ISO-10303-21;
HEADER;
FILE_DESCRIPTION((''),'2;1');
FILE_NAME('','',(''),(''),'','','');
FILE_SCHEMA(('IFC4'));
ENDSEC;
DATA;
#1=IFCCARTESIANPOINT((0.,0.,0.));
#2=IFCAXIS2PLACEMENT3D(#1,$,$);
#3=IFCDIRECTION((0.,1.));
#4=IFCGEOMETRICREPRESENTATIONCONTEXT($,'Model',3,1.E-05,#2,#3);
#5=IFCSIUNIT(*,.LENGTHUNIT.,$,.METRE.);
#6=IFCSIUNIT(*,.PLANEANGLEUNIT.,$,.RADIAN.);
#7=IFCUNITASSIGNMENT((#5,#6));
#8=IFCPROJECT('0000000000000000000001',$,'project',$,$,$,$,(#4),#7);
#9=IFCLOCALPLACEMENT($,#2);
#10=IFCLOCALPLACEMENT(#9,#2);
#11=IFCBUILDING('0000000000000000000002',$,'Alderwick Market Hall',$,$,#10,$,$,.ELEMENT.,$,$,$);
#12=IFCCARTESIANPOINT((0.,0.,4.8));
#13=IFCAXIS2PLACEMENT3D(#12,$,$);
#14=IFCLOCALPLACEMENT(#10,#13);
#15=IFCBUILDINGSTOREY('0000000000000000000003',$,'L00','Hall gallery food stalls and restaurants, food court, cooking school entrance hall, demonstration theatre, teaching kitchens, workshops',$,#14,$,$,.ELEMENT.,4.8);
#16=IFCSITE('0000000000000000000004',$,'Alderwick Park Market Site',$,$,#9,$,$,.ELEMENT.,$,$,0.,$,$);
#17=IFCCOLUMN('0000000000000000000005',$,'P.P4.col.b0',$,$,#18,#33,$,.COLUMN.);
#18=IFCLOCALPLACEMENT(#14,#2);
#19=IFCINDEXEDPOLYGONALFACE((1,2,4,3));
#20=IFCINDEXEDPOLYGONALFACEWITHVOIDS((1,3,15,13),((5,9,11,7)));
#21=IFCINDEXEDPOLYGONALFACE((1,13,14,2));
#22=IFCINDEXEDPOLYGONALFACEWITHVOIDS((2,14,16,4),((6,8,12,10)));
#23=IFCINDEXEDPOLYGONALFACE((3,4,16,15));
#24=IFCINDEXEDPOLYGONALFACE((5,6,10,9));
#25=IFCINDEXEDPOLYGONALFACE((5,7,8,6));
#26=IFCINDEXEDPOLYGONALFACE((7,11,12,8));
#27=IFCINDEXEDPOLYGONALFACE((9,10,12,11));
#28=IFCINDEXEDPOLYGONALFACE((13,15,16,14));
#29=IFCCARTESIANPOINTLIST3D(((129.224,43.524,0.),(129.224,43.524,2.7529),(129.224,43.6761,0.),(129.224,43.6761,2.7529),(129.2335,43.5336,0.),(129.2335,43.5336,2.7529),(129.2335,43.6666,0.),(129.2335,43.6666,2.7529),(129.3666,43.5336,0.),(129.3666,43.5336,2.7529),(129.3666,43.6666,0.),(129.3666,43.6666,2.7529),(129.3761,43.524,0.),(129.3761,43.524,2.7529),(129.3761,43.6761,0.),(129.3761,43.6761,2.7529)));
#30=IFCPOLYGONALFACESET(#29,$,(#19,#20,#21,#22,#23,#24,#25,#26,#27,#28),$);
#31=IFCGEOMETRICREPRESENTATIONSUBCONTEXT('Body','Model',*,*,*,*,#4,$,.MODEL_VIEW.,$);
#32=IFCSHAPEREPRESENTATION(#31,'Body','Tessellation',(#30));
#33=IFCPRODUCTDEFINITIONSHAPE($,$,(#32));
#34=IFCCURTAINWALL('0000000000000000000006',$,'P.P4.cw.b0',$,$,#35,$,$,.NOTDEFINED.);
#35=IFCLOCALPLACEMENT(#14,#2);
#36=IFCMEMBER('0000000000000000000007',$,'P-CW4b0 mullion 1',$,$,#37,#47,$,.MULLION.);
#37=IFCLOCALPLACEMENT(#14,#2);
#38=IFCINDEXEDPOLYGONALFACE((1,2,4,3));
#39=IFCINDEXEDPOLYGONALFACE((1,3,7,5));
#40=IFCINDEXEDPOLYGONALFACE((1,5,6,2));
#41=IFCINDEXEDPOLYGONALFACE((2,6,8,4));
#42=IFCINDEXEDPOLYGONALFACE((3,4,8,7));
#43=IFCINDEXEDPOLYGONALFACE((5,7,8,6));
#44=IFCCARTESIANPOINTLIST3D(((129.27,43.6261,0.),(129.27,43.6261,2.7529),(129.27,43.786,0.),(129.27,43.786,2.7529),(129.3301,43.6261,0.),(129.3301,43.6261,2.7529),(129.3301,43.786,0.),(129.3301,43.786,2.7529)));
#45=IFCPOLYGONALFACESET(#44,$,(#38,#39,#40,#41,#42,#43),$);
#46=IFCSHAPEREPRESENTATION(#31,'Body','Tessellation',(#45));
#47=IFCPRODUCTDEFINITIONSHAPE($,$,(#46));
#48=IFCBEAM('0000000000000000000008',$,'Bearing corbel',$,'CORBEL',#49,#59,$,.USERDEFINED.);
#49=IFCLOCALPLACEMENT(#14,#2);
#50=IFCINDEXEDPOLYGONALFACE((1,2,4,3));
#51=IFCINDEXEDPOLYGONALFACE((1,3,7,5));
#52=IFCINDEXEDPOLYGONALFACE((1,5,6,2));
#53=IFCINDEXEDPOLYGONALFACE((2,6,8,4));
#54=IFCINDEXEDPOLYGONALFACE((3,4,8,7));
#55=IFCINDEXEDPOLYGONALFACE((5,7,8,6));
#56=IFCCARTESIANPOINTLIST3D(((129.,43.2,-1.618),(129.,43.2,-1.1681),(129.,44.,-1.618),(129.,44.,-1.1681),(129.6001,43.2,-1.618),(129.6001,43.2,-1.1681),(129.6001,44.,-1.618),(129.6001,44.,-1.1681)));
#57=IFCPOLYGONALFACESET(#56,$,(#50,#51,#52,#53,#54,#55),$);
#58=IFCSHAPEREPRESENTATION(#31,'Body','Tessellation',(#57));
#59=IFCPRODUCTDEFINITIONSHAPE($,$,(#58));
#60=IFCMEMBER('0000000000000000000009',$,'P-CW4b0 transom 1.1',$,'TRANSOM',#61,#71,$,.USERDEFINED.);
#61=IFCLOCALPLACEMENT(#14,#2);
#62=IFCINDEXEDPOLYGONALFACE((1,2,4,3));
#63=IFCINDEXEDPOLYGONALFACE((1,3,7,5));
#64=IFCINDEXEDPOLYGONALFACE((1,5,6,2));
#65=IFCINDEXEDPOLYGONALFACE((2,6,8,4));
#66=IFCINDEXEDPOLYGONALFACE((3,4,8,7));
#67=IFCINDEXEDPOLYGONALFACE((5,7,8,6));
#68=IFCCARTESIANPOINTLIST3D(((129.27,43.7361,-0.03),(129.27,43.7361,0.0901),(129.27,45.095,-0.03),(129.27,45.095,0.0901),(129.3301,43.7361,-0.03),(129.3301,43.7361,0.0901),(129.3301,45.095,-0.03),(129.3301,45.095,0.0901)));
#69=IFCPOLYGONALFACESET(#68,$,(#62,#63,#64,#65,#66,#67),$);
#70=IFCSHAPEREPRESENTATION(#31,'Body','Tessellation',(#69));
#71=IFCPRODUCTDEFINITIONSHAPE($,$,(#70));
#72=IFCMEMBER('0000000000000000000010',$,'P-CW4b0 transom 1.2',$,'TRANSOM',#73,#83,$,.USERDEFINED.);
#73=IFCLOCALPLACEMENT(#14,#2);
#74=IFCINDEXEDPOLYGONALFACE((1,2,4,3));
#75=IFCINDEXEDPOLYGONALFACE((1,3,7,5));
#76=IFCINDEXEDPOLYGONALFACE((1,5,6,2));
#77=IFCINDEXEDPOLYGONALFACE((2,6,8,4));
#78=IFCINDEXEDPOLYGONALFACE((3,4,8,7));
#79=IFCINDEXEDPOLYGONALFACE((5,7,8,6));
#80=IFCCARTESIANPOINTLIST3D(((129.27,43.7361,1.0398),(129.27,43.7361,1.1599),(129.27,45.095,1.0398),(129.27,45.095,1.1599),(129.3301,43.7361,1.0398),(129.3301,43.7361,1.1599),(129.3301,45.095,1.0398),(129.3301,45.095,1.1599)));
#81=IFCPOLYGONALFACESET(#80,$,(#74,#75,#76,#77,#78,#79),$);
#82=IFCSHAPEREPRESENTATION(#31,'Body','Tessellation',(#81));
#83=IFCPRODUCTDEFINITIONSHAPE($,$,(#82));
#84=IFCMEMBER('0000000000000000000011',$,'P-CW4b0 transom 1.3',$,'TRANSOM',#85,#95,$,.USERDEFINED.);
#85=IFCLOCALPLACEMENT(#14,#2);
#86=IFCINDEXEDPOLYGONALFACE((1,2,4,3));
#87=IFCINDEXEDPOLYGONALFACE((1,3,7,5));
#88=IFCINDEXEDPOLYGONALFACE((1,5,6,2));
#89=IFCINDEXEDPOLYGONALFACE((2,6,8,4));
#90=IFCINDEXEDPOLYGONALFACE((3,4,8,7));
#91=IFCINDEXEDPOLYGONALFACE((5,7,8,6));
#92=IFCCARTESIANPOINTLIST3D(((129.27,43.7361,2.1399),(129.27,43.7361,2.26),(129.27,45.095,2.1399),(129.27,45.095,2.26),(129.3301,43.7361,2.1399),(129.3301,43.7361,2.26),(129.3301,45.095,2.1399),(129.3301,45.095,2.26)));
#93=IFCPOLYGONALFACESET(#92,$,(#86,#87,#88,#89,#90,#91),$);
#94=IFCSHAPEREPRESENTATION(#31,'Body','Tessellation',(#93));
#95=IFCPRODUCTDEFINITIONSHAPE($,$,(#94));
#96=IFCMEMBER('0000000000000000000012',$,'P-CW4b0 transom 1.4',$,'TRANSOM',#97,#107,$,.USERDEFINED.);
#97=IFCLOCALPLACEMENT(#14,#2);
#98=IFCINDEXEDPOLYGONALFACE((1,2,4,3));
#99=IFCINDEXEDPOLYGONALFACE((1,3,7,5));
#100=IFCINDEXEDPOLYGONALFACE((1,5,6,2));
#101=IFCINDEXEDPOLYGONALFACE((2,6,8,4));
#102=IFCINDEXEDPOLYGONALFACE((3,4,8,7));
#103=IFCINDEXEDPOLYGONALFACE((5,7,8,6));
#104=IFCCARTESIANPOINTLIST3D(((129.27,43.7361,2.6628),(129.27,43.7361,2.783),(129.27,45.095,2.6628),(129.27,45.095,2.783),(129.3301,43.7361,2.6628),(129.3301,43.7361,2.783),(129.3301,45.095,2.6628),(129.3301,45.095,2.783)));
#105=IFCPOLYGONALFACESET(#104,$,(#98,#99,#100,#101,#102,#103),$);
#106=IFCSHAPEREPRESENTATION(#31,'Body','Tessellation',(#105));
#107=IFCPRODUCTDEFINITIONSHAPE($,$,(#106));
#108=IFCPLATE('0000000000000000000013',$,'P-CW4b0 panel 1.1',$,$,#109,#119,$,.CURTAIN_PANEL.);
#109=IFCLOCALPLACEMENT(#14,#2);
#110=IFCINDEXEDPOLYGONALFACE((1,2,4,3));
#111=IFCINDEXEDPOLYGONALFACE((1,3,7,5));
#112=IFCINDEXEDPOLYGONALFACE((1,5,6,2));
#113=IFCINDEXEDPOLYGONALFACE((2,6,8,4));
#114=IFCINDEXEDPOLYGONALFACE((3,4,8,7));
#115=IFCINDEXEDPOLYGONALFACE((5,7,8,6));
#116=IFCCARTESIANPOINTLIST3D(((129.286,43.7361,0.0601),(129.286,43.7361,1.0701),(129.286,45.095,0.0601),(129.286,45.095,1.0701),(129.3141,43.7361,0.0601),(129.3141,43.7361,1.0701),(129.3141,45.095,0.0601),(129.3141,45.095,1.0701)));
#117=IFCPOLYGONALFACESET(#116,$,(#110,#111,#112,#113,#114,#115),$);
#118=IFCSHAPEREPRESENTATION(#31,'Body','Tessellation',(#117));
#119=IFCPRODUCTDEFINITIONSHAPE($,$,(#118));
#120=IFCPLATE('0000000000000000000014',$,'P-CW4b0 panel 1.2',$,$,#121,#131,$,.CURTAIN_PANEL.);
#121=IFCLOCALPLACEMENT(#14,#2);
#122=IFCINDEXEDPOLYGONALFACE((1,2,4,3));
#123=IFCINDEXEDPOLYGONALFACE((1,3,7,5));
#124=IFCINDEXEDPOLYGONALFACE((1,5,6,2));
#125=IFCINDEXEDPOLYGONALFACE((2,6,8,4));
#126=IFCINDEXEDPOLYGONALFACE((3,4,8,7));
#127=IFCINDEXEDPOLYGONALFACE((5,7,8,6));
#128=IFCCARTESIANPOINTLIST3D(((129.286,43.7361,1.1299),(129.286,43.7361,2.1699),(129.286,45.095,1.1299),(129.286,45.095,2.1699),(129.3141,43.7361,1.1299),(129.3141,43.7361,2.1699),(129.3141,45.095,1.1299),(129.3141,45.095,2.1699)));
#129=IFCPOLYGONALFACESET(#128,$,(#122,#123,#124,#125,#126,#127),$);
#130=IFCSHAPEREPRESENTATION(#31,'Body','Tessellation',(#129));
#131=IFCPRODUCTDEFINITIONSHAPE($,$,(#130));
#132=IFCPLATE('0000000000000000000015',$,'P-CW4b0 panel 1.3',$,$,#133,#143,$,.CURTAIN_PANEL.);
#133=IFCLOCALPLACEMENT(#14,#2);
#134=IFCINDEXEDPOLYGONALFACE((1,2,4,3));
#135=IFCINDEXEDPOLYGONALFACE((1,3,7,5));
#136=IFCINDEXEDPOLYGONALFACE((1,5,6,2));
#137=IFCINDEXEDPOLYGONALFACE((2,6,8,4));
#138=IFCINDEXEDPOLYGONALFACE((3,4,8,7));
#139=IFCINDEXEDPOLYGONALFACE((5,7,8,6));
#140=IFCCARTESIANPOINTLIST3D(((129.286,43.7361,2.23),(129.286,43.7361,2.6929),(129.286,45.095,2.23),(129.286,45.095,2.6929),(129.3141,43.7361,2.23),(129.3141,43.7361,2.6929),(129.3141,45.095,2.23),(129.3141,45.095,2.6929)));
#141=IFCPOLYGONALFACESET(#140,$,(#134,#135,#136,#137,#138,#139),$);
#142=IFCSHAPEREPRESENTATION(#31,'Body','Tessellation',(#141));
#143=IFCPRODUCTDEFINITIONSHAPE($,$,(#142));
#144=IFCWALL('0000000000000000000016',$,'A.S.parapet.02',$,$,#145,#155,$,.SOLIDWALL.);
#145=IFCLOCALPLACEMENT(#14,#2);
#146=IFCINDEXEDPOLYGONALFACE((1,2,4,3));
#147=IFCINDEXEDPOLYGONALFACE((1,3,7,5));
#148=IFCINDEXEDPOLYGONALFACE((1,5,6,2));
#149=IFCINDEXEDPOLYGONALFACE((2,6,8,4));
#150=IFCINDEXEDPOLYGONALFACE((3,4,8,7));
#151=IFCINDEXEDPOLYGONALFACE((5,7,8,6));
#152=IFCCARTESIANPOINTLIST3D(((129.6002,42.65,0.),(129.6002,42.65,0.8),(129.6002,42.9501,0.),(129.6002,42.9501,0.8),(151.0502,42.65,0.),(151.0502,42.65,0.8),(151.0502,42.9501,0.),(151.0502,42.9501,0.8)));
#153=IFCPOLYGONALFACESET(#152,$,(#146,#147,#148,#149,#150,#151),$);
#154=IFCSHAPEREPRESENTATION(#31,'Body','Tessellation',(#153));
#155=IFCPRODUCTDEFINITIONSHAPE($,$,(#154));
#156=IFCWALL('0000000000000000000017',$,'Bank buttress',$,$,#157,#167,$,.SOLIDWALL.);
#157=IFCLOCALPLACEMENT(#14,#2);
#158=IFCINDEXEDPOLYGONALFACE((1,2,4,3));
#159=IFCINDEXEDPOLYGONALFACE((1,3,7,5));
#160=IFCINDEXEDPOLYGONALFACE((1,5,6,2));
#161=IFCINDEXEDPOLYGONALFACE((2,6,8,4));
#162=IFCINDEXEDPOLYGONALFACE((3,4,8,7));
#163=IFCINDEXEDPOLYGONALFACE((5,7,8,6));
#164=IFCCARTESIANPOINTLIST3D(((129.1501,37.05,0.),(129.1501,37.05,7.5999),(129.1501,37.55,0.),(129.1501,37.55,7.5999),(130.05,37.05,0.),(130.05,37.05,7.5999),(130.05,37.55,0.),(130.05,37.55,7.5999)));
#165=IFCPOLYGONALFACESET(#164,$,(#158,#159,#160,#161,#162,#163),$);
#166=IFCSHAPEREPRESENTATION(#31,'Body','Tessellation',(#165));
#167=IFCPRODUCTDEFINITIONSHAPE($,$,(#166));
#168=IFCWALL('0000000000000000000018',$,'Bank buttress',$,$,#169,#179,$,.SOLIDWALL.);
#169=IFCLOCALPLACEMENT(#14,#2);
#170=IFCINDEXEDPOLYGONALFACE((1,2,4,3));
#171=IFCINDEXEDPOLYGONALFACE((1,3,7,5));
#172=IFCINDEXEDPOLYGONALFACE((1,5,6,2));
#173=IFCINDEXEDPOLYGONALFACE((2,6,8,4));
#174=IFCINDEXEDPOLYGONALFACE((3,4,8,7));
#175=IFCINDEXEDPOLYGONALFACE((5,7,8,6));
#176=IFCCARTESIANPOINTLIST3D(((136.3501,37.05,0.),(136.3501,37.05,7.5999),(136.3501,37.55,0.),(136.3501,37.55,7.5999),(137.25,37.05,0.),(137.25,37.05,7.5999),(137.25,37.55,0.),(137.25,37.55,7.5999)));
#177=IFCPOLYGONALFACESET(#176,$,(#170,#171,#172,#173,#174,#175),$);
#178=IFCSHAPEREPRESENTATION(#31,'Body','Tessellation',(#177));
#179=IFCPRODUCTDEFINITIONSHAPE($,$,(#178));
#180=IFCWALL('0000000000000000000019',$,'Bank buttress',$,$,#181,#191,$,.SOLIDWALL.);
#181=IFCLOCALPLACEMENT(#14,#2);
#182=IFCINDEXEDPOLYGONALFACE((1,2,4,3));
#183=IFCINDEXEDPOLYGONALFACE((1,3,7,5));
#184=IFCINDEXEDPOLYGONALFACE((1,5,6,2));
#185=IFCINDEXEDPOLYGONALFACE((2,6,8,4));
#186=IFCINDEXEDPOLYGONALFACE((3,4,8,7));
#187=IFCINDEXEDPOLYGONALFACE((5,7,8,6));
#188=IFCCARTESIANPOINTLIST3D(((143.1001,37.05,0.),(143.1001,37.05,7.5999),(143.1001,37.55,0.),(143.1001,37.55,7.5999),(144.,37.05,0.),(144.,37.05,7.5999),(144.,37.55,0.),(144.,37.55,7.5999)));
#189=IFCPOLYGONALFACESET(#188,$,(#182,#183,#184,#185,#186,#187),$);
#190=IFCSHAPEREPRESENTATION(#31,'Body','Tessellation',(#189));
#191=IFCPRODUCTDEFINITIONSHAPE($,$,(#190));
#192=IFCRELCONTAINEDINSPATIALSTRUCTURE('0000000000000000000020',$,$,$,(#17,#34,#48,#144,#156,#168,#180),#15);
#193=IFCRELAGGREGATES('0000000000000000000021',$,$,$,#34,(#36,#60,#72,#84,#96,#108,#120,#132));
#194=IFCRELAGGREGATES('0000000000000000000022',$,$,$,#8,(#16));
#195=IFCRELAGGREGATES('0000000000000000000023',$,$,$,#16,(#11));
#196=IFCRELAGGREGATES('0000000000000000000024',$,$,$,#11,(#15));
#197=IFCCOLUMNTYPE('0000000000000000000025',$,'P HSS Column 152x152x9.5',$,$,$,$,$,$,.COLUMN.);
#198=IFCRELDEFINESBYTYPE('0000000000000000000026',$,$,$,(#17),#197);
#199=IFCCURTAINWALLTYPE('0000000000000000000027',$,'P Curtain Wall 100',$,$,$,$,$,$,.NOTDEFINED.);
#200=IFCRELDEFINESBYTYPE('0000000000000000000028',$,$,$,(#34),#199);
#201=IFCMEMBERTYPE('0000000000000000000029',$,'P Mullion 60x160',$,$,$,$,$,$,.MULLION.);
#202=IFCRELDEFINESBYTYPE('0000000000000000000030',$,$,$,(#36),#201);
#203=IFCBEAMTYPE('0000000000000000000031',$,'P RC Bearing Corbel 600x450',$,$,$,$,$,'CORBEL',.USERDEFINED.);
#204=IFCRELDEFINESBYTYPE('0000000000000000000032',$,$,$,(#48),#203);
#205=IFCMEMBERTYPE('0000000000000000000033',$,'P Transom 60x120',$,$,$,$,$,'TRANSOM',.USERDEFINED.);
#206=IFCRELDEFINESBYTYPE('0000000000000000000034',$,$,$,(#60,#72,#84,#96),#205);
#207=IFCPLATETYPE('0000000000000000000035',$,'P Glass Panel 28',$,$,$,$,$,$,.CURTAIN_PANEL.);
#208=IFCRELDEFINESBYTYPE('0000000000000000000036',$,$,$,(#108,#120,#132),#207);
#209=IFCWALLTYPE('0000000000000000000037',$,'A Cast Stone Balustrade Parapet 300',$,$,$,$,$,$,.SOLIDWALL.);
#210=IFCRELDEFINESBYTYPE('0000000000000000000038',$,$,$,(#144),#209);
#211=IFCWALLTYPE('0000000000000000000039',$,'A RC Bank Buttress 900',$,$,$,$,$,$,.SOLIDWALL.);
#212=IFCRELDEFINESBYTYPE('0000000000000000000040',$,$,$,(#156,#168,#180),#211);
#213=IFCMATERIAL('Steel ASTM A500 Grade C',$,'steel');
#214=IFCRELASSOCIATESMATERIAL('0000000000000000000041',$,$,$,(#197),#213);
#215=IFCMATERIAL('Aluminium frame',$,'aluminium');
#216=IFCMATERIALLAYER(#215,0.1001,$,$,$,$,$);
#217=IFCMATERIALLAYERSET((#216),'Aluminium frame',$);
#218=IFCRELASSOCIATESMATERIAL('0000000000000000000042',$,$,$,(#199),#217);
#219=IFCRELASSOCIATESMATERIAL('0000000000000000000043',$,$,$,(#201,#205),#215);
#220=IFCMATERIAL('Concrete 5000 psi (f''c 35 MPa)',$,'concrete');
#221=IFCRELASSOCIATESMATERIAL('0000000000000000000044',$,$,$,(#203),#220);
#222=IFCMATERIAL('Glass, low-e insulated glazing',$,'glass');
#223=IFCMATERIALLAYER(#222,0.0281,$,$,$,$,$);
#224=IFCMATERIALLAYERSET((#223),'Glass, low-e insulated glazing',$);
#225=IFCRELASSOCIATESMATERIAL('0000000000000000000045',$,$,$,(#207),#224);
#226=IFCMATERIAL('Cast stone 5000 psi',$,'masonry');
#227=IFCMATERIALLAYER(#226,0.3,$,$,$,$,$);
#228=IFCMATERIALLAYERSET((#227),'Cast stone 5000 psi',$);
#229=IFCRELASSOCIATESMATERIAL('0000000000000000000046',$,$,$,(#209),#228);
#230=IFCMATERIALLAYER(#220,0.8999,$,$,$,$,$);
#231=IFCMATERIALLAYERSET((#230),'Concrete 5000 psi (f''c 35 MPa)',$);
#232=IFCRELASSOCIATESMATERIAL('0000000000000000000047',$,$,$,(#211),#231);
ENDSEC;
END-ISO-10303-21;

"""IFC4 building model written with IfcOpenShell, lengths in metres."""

from ifc_helpers import new_model, si_unit, direction, frame, frame_2d, origin, origin_2d, place, context, subcontext, project, spatial, rectangle, hollow_rectangle, extrude, material, layer, layer_set, material_profile, profile_set, type_object, element, aggregate, save


model = new_model("IFC4")

# Units and contexts
model_context = context("Model", 3, precision=1e-05, world=origin(), true_north=direction((0.0, 1.0)))
body_context = subcontext(model_context, "Body", "Model", "MODEL_VIEW")
ifc_project = project(units=[si_unit("LENGTHUNIT", "METRE"), si_unit("PLANEANGLEUNIT", "RADIAN")], contexts=[model_context])

# Site, building, storey
site_placement = place(None, origin())
site = spatial("IfcSite", under=ifc_project, at=site_placement, Name="Alderwick Park Market Site", CompositionType="ELEMENT", RefElevation=0.0)
building_placement = place(site_placement, origin())
building = spatial("IfcBuilding", under=site, at=building_placement, Name="Alderwick Market Hall", CompositionType="ELEMENT")
storey_placement = place(building_placement, frame((0.0, 0.0, 4.8)))
storey = spatial("IfcBuildingStorey", under=building, at=storey_placement, Name="L00", Description="Hall gallery food stalls and restaurants, food court, cooking school entrance hall, demonstration theatre, teaching kitchens, workshops", CompositionType="ELEMENT", Elevation=4.8)

# Column
ifc_material_1 = material(Name="Steel ASTM A500 Grade C", Category="steel")
ifc_material_profile_1 = material_profile(ifc_material_1, hollow_rectangle(XDim=0.1521, YDim=0.1521, WallThickness=0.0095, at=origin_2d()), Name="HSS152x152x9.5")
ifc_profile_set_1 = profile_set([ifc_material_profile_1], Name="Steel ASTM A500 Grade C")
column_type = type_object("IfcColumnType", Name="P HSS Column 152x152x9.5", PredefinedType="COLUMN", material=ifc_profile_set_1)
column_placement = place(storey_placement, frame((129.3, 43.6001, 0.0), z_axis=(0.0, 0.0, 1.0), x_axis=(1.0, 0.0, 0.0)))
element("IfcColumn", 1, at=column_placement, inside=storey, type_object=column_type, Name="P.P4.col.b0", PredefinedType="COLUMN", context=body_context, shape_type="SweptSolid", body=[
    extrude(hollow_rectangle(XDim=0.1521, YDim=0.1521, WallThickness=0.0095, at=origin_2d()), origin(), (0.0, 0.0, 1.0), 2.7529),
])

# Curtain wall, member
ifc_material_2 = material(Name="Aluminium frame", Category="aluminium")
ifc_layer_1 = layer(ifc_material_2, 0.1001)
ifc_layer_set_1 = layer_set([ifc_layer_1], Name="Aluminium frame")
curtain_wall_type = type_object("IfcCurtainWallType", Name="P Curtain Wall 100", PredefinedType="NOTDEFINED", material=ifc_layer_set_1)
curtain_wall_placement = place(storey_placement, origin())
curtain_wall = element("IfcCurtainWall", 2, at=curtain_wall_placement, inside=storey, type_object=curtain_wall_type, Name="P.P4.cw.b0", PredefinedType="NOTDEFINED")
ifc_material_profile_2 = material_profile(ifc_material_2, rectangle(XDim=0.0601, YDim=0.1599, at=origin_2d()), Name="P Mullion 60x160")
ifc_profile_set_2 = profile_set([ifc_material_profile_2], Name="Aluminium frame")
member_type_1 = type_object("IfcMemberType", Name="P Mullion 60x160", PredefinedType="MULLION", material=ifc_profile_set_2)
member_1_placement = place(storey_placement, frame((129.3, 43.7061, 0.0), z_axis=(0.0, 0.0, 1.0), x_axis=(-1.0, 0.0, 0.0)))
member_1 = element("IfcMember", 3, at=member_1_placement, type_object=member_type_1, Name="P-CW4b0 mullion 1", PredefinedType="MULLION", context=body_context, shape_type="SweptSolid", body=[
    extrude(rectangle(XDim=0.0601, YDim=0.1599, at=origin_2d()), origin(), (0.0, 0.0, 1.0), 2.7529),
])

# Beam
ifc_material_3 = material(Name="Concrete 5000 psi (f'c 35 MPa)", Category="concrete")
ifc_material_profile_3 = material_profile(ifc_material_3, rectangle(XDim=0.6001, YDim=0.45, at=origin_2d()), Name="P RC Bearing Corbel 600x450")
ifc_profile_set_3 = profile_set([ifc_material_profile_3], Name="Concrete 5000 psi (f'c 35 MPa)")
beam_type = type_object("IfcBeamType", Name="P RC Bearing Corbel 600x450", ElementType="CORBEL", PredefinedType="USERDEFINED", material=ifc_profile_set_3)
beam_placement = place(storey_placement, frame((129.3, 44.0, -1.3931), z_axis=(0.0, -1.0, 0.0), x_axis=(1.0, 0.0, 0.0)))
element("IfcBeam", 4, at=beam_placement, inside=storey, type_object=beam_type, Name="Bearing corbel", ObjectType="CORBEL", PredefinedType="USERDEFINED", context=body_context, shape_type="SweptSolid", body=[
    extrude(rectangle(XDim=0.6001, YDim=0.45, at=origin_2d()), origin(), (0.0, 0.0, 1.0), 0.8),
])

# Members
ifc_material_profile_4 = material_profile(ifc_material_2, rectangle(XDim=0.0601, YDim=0.1201, at=origin_2d()), Name="P Transom 60x120")
ifc_profile_set_4 = profile_set([ifc_material_profile_4], Name="Aluminium frame")
member_type_2 = type_object("IfcMemberType", Name="P Transom 60x120", ElementType="TRANSOM", PredefinedType="USERDEFINED", material=ifc_profile_set_4)
member_2_placement = place(storey_placement, frame((129.3, 43.7361, 0.03), z_axis=(0.0, 1.0, 0.0), x_axis=(-1.0, 0.0, 0.0)))
member_2 = element("IfcMember", 5, at=member_2_placement, type_object=member_type_2, Name="P-CW4b0 transom 1.1", ObjectType="TRANSOM", PredefinedType="USERDEFINED", context=body_context, shape_type="SweptSolid", body=[
    extrude(rectangle(XDim=0.0601, YDim=0.1201, at=origin_2d()), origin(), (0.0, 0.0, 1.0), 1.3589),
])
member_3_placement = place(storey_placement, frame((129.3, 43.7361, 1.0999), z_axis=(0.0, 1.0, 0.0), x_axis=(-1.0, 0.0, 0.0)))
member_3 = element("IfcMember", 6, at=member_3_placement, type_object=member_type_2, Name="P-CW4b0 transom 1.2", ObjectType="TRANSOM", PredefinedType="USERDEFINED", context=body_context, shape_type="SweptSolid", body=[
    extrude(rectangle(XDim=0.0601, YDim=0.1201, at=origin_2d()), origin(), (0.0, 0.0, 1.0), 1.3589),
])
member_4_placement = place(storey_placement, frame((129.3, 43.7361, 2.2), z_axis=(0.0, 1.0, 0.0), x_axis=(-1.0, 0.0, 0.0)))
member_4 = element("IfcMember", 7, at=member_4_placement, type_object=member_type_2, Name="P-CW4b0 transom 1.3", ObjectType="TRANSOM", PredefinedType="USERDEFINED", context=body_context, shape_type="SweptSolid", body=[
    extrude(rectangle(XDim=0.0601, YDim=0.1201, at=origin_2d()), origin(), (0.0, 0.0, 1.0), 1.3589),
])
member_5_placement = place(storey_placement, frame((129.3, 43.7361, 2.7229), z_axis=(0.0, 1.0, 0.0), x_axis=(-1.0, 0.0, 0.0)))
member_5 = element("IfcMember", 8, at=member_5_placement, type_object=member_type_2, Name="P-CW4b0 transom 1.4", ObjectType="TRANSOM", PredefinedType="USERDEFINED", context=body_context, shape_type="SweptSolid", body=[
    extrude(rectangle(XDim=0.0601, YDim=0.1201, at=origin_2d()), origin(), (0.0, 0.0, 1.0), 1.3589),
])

# Plates
ifc_material_4 = material(Name="Glass, low-e insulated glazing", Category="glass")
ifc_layer_2 = layer(ifc_material_4, 0.0281)
ifc_layer_set_2 = layer_set([ifc_layer_2], Name="Glass, low-e insulated glazing")
plate_type = type_object("IfcPlateType", Name="P Glass Panel 28", PredefinedType="CURTAIN_PANEL", material=ifc_layer_set_2)
plate_1_placement = place(storey_placement, frame((129.3, 44.4155, 0.0601), z_axis=(0.0, 0.0, 1.0), x_axis=(0.0, 1.0, 0.0)))
plate_1 = element("IfcPlate", 9, at=plate_1_placement, type_object=plate_type, Name="P-CW4b0 panel 1.1", PredefinedType="CURTAIN_PANEL", context=body_context, shape_type="SweptSolid", body=[
    extrude(rectangle(XDim=1.3589, YDim=0.0281, at=origin_2d()), origin(), (0.0, 0.0, 1.0), 1.01),
])
plate_2_placement = place(storey_placement, frame((129.3, 44.4155, 1.1299), z_axis=(0.0, 0.0, 1.0), x_axis=(0.0, 1.0, 0.0)))
plate_2 = element("IfcPlate", 10, at=plate_2_placement, type_object=plate_type, Name="P-CW4b0 panel 1.2", PredefinedType="CURTAIN_PANEL", context=body_context, shape_type="SweptSolid", body=[
    extrude(rectangle(XDim=1.3589, YDim=0.0281, at=origin_2d()), origin(), (0.0, 0.0, 1.0), 1.04),
])
plate_3_placement = place(storey_placement, frame((129.3, 44.4155, 2.23), z_axis=(0.0, 0.0, 1.0), x_axis=(0.0, 1.0, 0.0)))
plate_3 = element("IfcPlate", 11, at=plate_3_placement, type_object=plate_type, Name="P-CW4b0 panel 1.3", PredefinedType="CURTAIN_PANEL", context=body_context, shape_type="SweptSolid", body=[
    extrude(rectangle(XDim=1.3589, YDim=0.0281, at=origin_2d()), origin(), (0.0, 0.0, 1.0), 0.4629),
])
aggregate(curtain_wall, [member_1, member_2, member_3, member_4, member_5, plate_1, plate_2, plate_3])

# Walls
ifc_material_5 = material(Name="Cast stone 5000 psi", Category="masonry")
ifc_layer_3 = layer(ifc_material_5, 0.3)
ifc_layer_set_3 = layer_set([ifc_layer_3], Name="Cast stone 5000 psi")
wall_type_1 = type_object("IfcWallType", Name="A Cast Stone Balustrade Parapet 300", PredefinedType="SOLIDWALL", material=ifc_layer_set_3)
wall_1_placement = place(storey_placement, frame((129.6001, 42.8, 0.0), z_axis=(0.0, 0.0, 1.0), x_axis=(1.0, 0.0, 0.0)))
element("IfcWall", 12, at=wall_1_placement, inside=storey, type_object=wall_type_1, Name="A.S.parapet.02", PredefinedType="SOLIDWALL", context=body_context, shape_type="SweptSolid", body=[
    extrude(rectangle(XDim=21.45, YDim=0.3, at=frame_2d((10.7251, 0.0))), origin(), (0.0, 0.0, 1.0), 0.8),
])
ifc_layer_4 = layer(ifc_material_3, 0.8999)
ifc_layer_set_4 = layer_set([ifc_layer_4], Name="Concrete 5000 psi (f'c 35 MPa)")
wall_type_2 = type_object("IfcWallType", Name="A RC Bank Buttress 900", PredefinedType="SOLIDWALL", material=ifc_layer_set_4)
for number, where, z_axis, x_axis, name in (
    (13, (129.6001, 37.05, 0.0), (0.0, 0.0, 1.0), (0.0, 1.0, 0.0), "Bank buttress"),
    (14, (136.8, 37.05, 0.0), (0.0, 0.0, 1.0), (0.0, 1.0, 0.0), "Bank buttress"),
    (15, (143.55, 37.05, 0.0), (0.0, 0.0, 1.0), (0.0, 1.0, 0.0), "Bank buttress"),
):
    element("IfcWall", number, at=place(storey_placement, frame(where, z_axis=z_axis, x_axis=x_axis)), inside=storey, type_object=wall_type_2, Name=name, PredefinedType="SOLIDWALL", context=body_context, shape_type="SweptSolid", body=[
        extrude(rectangle(XDim=0.5, YDim=0.8999, at=frame_2d((0.25, 0.0))), origin(), (0.0, 0.0, 1.0), 7.5999),
    ])

save(model, "model.ifc")
